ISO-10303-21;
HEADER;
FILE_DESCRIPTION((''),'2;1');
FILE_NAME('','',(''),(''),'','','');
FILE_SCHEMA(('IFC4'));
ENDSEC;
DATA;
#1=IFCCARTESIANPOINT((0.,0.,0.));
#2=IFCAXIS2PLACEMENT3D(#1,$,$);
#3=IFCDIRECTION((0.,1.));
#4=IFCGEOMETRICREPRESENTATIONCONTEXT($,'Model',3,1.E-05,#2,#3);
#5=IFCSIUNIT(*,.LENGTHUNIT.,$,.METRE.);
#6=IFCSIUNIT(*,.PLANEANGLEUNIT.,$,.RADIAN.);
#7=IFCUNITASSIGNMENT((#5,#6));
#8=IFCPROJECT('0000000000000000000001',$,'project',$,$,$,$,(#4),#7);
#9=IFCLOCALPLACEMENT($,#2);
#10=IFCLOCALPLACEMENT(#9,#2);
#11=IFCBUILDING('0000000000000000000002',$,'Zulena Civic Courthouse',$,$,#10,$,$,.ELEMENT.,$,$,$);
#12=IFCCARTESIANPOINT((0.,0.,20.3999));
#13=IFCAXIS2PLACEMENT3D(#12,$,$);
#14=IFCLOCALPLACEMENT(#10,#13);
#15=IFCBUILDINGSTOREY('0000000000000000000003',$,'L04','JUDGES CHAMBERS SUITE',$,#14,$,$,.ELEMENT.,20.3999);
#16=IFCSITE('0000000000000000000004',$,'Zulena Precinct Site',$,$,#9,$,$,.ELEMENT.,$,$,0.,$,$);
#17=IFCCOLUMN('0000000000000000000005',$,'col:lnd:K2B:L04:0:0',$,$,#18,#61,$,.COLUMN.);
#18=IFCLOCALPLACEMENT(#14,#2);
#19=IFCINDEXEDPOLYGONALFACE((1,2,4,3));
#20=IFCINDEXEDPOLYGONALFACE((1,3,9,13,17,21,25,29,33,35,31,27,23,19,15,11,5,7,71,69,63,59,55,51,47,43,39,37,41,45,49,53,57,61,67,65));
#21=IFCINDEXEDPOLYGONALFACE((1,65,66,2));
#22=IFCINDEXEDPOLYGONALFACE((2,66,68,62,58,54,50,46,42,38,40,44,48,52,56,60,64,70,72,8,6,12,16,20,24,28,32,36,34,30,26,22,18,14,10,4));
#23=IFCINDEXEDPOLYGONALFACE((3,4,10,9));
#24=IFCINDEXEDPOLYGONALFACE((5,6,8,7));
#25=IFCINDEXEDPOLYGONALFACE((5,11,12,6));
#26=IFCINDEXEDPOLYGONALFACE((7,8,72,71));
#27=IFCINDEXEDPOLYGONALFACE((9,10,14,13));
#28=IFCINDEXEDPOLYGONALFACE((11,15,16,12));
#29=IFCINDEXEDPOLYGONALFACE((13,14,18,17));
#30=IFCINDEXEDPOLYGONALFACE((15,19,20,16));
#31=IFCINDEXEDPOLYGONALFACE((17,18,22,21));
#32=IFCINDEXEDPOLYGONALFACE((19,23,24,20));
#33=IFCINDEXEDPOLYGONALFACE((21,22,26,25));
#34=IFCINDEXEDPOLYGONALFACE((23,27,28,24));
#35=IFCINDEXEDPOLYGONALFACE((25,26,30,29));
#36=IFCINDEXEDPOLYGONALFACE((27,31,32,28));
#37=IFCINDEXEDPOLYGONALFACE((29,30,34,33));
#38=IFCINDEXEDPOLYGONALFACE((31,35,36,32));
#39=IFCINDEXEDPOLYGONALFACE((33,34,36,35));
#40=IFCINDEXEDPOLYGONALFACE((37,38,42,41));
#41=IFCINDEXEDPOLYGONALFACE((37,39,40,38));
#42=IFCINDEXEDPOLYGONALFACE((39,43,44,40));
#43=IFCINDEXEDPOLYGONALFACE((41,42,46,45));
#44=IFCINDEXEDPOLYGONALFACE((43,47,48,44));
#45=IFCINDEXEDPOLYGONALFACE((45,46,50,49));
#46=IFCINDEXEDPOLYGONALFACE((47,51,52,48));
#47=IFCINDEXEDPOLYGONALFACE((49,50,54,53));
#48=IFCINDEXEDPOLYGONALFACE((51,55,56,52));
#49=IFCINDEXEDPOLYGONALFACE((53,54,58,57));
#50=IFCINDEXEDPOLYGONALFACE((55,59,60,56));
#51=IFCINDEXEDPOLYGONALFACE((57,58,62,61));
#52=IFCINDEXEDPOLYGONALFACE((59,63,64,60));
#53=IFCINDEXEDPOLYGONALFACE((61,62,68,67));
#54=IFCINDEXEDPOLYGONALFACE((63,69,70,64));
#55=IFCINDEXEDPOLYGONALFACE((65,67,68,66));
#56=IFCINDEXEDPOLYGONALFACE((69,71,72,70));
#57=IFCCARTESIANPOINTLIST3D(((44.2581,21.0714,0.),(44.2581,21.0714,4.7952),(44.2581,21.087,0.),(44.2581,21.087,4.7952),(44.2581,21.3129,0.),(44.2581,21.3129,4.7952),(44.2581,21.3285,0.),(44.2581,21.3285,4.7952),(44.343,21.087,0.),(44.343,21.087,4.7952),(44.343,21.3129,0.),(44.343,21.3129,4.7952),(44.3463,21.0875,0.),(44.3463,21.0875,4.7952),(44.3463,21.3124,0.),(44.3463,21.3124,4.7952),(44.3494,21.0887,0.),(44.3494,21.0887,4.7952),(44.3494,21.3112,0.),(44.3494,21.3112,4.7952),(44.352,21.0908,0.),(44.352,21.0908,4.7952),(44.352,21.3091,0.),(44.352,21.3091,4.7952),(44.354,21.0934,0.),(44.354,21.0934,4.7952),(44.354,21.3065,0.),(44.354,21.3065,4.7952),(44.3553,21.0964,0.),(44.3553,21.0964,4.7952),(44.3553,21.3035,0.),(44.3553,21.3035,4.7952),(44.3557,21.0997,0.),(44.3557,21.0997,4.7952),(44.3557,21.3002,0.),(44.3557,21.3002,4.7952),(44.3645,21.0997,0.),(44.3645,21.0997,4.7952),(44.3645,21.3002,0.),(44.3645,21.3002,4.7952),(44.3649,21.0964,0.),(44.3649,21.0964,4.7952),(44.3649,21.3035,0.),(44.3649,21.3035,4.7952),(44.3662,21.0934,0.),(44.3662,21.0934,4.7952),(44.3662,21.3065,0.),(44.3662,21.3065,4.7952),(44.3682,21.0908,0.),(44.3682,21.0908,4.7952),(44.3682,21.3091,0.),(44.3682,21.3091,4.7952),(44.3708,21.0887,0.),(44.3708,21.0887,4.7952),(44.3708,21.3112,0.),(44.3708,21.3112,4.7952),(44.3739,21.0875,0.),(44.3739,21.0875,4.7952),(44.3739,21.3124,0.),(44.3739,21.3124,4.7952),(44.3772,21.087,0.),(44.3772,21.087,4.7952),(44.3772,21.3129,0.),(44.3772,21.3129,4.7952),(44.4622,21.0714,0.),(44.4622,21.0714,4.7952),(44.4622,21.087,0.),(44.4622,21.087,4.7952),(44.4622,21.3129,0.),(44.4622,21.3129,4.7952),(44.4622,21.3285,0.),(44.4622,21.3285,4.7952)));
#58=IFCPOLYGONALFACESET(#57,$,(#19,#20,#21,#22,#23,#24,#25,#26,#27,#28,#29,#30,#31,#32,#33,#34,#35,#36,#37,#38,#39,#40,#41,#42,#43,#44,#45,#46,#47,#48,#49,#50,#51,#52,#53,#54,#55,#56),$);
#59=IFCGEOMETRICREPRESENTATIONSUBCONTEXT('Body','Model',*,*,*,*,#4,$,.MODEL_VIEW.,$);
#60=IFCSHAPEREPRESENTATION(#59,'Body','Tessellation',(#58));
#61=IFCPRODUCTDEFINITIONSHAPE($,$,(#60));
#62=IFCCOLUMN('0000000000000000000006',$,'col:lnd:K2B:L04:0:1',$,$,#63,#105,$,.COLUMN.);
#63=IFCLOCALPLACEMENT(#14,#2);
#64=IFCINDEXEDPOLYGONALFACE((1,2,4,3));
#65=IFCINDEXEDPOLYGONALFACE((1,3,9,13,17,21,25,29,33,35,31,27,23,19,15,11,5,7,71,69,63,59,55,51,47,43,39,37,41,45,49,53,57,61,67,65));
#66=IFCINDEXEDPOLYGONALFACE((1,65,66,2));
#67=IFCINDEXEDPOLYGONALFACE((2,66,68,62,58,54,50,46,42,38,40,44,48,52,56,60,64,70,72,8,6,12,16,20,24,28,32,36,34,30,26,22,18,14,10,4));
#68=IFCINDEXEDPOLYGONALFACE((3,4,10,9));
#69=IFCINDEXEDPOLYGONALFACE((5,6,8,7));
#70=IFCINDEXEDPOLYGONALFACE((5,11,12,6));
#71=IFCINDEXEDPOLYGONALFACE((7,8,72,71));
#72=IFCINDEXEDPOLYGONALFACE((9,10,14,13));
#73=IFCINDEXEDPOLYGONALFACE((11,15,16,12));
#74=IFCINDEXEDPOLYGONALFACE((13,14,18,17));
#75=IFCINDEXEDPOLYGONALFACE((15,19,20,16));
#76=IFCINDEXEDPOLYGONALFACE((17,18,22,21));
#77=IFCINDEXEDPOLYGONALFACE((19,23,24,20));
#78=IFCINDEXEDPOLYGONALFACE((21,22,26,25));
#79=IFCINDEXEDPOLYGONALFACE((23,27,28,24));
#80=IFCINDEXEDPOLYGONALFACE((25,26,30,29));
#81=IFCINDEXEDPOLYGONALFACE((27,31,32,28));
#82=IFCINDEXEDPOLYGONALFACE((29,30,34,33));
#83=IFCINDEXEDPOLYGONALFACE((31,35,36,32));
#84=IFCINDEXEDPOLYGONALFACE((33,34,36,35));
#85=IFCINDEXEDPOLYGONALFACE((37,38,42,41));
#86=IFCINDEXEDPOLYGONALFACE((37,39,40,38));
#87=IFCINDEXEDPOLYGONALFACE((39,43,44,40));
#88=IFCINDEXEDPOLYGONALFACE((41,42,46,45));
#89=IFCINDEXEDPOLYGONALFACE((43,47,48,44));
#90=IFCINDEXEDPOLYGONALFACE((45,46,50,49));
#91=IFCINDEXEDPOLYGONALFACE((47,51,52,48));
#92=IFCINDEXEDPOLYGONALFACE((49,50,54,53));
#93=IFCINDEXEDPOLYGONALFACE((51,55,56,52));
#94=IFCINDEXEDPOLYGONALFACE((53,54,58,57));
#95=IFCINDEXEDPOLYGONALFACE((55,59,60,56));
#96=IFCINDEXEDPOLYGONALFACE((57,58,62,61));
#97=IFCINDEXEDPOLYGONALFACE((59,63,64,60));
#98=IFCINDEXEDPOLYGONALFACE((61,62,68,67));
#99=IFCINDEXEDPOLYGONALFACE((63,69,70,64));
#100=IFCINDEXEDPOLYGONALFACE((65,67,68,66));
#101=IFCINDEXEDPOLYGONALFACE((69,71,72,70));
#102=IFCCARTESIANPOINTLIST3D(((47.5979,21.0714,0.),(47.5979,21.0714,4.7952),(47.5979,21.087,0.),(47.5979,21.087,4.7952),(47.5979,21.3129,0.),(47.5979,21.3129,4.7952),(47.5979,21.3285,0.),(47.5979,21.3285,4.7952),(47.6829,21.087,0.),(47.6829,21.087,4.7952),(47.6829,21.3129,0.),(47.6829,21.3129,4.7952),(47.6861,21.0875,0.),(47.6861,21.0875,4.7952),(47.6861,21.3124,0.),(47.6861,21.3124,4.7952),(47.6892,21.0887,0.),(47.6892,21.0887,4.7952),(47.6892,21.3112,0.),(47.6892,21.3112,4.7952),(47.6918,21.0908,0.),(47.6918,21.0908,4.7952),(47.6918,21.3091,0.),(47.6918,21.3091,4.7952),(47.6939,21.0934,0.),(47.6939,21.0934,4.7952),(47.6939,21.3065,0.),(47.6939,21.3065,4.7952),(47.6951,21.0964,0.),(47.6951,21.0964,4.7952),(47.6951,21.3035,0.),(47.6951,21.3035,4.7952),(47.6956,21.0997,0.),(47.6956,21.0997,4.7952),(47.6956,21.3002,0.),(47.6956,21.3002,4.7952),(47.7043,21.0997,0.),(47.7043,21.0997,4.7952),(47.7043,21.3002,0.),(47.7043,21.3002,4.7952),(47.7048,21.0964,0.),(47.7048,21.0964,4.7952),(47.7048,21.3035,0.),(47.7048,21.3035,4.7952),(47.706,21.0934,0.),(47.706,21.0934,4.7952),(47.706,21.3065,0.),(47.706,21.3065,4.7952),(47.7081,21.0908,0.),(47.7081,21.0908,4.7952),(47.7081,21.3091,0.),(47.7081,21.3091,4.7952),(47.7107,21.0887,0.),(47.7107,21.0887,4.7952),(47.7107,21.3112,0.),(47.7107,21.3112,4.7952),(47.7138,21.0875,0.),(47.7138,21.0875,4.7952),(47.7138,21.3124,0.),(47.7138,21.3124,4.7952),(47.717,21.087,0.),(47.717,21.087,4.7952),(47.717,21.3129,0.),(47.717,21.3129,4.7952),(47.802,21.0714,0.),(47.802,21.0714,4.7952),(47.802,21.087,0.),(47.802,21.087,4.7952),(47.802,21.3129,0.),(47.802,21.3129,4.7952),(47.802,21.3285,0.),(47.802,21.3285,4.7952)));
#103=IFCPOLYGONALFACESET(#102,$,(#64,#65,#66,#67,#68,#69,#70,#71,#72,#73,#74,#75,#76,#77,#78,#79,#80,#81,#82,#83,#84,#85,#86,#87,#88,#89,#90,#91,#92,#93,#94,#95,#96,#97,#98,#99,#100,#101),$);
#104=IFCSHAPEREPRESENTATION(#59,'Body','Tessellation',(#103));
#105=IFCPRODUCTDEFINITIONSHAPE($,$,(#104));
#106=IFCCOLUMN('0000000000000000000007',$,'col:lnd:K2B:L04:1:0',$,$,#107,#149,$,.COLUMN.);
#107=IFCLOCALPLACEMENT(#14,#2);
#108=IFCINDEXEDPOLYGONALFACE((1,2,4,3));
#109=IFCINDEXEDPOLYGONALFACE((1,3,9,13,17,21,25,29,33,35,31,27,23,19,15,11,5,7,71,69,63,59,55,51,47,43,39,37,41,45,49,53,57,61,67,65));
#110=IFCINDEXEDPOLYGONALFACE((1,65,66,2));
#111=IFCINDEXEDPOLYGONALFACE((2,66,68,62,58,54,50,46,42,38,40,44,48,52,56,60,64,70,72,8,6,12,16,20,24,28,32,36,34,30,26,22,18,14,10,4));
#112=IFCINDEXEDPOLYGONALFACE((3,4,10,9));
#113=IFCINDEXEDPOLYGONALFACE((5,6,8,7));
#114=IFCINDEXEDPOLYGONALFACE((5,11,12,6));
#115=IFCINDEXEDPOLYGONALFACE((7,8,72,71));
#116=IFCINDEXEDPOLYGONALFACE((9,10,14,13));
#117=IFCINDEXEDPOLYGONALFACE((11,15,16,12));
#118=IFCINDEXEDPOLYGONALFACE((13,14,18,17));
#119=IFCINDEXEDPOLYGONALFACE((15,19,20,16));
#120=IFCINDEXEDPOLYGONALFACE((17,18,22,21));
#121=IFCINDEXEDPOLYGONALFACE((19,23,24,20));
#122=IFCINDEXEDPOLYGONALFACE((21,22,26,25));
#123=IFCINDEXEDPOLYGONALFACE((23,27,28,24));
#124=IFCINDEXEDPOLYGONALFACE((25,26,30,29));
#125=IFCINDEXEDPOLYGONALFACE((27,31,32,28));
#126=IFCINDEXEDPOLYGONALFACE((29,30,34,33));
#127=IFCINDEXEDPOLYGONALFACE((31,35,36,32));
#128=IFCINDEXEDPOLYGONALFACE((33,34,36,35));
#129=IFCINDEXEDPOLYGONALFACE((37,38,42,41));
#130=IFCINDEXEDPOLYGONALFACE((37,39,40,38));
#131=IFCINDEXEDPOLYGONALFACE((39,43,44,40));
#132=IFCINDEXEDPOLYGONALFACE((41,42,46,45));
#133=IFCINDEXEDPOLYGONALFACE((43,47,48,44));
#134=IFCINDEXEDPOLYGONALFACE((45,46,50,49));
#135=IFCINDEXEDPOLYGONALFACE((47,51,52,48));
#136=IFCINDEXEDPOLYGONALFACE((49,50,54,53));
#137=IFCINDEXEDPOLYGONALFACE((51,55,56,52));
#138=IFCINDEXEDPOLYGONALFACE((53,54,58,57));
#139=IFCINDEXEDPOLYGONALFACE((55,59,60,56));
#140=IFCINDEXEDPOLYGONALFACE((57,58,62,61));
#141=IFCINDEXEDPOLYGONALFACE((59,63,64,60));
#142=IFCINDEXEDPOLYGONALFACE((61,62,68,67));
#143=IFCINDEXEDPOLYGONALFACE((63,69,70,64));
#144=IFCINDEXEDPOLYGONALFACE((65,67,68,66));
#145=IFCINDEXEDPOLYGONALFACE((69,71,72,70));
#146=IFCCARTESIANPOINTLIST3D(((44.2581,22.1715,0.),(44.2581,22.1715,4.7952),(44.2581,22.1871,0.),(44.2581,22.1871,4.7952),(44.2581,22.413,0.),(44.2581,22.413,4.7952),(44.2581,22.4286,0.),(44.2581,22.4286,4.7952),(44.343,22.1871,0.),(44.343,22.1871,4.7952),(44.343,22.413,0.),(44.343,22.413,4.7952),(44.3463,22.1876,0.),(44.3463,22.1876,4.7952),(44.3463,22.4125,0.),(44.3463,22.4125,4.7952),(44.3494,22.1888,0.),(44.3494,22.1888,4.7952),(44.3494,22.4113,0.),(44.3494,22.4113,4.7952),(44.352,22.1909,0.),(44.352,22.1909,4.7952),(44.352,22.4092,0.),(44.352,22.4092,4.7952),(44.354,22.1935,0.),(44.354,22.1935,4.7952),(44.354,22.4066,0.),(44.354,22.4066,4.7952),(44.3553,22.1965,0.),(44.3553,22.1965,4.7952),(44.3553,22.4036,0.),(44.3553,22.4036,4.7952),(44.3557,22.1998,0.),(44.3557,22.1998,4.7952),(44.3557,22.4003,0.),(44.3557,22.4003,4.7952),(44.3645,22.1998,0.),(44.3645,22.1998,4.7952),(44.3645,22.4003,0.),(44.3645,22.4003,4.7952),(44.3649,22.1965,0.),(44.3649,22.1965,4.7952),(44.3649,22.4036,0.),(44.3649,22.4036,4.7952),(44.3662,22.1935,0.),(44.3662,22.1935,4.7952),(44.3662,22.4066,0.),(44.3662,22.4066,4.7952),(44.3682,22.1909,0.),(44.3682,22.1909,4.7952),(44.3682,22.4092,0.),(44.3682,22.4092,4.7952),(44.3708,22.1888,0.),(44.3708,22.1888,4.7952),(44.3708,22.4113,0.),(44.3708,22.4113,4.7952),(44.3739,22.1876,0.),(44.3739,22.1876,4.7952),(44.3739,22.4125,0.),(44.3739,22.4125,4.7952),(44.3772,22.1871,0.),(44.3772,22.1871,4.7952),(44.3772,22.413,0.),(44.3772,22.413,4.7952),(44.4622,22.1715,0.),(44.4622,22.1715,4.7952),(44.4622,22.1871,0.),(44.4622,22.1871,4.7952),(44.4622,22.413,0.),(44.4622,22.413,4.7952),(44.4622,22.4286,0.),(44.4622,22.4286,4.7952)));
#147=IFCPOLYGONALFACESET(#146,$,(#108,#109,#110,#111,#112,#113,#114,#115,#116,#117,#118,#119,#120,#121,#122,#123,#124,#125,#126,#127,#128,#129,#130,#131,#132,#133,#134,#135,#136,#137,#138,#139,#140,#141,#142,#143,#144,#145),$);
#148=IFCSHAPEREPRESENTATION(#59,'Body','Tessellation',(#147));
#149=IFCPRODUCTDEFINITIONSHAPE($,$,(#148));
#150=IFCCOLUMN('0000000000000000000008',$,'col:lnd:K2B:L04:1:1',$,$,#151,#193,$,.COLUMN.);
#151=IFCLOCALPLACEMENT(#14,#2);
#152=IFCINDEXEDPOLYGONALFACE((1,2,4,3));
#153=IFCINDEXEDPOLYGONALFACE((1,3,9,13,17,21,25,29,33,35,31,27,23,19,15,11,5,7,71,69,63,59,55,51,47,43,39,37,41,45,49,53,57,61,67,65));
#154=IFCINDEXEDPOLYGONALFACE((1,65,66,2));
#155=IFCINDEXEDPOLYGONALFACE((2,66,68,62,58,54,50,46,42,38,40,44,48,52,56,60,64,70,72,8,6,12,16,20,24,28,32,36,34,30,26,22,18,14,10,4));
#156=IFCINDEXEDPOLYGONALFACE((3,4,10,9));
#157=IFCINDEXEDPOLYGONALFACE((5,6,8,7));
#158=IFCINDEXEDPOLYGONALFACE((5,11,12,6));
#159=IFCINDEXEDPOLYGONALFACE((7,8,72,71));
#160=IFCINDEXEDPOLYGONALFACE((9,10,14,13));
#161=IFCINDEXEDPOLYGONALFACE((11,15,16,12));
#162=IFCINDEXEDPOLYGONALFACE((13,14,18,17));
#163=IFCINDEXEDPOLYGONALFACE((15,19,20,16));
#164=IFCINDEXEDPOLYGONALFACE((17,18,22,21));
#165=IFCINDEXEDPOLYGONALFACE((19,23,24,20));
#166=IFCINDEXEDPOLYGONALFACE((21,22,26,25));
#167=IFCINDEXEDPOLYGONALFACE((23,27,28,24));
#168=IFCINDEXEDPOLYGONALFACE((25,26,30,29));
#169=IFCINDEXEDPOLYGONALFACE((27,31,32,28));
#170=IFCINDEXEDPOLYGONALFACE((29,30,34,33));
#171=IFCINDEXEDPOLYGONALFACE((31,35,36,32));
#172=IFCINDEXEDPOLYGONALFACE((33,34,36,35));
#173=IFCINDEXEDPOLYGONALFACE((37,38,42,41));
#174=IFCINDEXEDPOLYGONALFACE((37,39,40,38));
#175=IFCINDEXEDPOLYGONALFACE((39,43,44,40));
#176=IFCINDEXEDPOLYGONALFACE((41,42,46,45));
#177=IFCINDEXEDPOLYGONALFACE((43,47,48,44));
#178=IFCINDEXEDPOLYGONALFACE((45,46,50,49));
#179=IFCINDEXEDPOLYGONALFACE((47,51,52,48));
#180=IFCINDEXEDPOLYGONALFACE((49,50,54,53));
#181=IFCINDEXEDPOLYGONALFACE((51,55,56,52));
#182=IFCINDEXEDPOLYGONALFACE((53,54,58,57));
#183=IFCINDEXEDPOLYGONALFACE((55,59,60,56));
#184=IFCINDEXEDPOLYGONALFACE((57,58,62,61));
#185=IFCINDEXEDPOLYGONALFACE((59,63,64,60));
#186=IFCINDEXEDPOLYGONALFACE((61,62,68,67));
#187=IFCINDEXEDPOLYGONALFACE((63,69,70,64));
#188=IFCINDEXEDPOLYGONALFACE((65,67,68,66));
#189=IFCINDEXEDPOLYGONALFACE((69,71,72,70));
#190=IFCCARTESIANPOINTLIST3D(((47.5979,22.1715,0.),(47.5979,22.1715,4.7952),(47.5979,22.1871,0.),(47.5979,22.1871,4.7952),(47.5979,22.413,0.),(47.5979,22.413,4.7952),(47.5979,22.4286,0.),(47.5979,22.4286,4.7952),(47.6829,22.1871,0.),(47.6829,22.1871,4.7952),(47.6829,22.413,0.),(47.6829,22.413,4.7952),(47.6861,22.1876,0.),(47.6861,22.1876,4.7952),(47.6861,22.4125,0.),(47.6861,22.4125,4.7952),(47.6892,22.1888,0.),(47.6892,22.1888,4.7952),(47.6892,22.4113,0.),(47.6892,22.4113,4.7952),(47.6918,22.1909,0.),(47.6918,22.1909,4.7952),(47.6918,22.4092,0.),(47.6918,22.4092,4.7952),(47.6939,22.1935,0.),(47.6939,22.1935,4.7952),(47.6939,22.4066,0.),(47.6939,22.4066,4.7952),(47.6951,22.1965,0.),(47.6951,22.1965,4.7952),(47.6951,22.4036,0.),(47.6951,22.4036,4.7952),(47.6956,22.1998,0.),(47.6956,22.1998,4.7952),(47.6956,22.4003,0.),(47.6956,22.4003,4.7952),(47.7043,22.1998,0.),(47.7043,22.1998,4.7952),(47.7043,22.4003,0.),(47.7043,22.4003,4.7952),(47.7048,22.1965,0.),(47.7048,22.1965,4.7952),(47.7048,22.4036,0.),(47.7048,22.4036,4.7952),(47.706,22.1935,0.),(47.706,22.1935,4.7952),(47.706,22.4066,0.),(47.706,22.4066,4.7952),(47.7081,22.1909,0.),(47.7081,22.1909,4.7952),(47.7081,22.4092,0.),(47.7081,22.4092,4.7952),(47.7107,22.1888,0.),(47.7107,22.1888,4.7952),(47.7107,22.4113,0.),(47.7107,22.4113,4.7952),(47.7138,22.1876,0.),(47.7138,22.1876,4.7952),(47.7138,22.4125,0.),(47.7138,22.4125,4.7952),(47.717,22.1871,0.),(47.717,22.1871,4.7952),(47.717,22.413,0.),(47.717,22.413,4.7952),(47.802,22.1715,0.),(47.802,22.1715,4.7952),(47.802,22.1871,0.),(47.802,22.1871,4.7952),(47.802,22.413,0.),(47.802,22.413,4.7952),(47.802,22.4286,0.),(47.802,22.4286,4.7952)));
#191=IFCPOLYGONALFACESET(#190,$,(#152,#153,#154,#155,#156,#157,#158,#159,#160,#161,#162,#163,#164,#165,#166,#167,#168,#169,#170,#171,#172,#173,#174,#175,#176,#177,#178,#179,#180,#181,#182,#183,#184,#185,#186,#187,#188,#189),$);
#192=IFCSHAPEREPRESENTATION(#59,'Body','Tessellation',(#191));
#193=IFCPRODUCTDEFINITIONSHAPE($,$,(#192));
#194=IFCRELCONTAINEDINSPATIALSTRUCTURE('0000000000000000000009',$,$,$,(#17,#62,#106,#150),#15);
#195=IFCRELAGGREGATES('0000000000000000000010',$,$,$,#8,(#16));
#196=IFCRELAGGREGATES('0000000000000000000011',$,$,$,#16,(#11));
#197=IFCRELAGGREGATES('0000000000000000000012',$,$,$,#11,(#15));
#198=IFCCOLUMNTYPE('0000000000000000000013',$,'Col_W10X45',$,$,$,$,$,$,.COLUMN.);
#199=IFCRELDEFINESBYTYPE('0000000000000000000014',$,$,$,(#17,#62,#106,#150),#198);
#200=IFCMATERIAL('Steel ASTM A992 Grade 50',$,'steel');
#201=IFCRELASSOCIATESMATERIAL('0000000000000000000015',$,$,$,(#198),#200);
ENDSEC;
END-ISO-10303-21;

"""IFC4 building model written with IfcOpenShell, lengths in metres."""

from ifc_helpers import new_model, si_unit, direction, frame, origin, origin_2d, place, context, subcontext, project, spatial, i_section, extrude, material, material_profile, profile_set, type_object, element, save


model = new_model("IFC4")

# Units and contexts
model_context = context("Model", 3, precision=1e-05, world=origin(), true_north=direction((0.0, 1.0)))
body_context = subcontext(model_context, "Body", "Model", "MODEL_VIEW")
ifc_project = project(units=[si_unit("LENGTHUNIT", "METRE"), si_unit("PLANEANGLEUNIT", "RADIAN")], contexts=[model_context])

# Site, building, storey
site_placement = place(None, origin())
site = spatial("IfcSite", under=ifc_project, at=site_placement, Name="Zulena Precinct Site", CompositionType="ELEMENT", RefElevation=0.0)
building_placement = place(site_placement, origin())
building = spatial("IfcBuilding", under=site, at=building_placement, Name="Zulena Civic Courthouse", CompositionType="ELEMENT")
storey_placement = place(building_placement, frame((0.0, 0.0, 20.3999)))
storey = spatial("IfcBuildingStorey", under=building, at=storey_placement, Name="L04", Description="JUDGES CHAMBERS SUITE", CompositionType="ELEMENT", Elevation=20.3999)

# Columns
ifc_material_1 = material(Name="Steel ASTM A992 Grade 50", Category="steel")
ifc_material_profile_1 = material_profile(ifc_material_1, i_section(OverallWidth=0.2041, OverallDepth=0.2571, WebThickness=0.0088, FlangeThickness=0.0156, FilletRadius=0.0127, at=origin_2d()), Name="W10X45")
ifc_profile_set_1 = profile_set([ifc_material_profile_1], Name="Steel ASTM A992 Grade 50")
column_type_1 = type_object("IfcColumnType", Name="Col_W10X45", PredefinedType="COLUMN", material=ifc_profile_set_1)
for number, where, z_axis, x_axis, name in (
    (1, (44.3601, 21.2, 0.0), (0.0, 0.0, 1.0), (1.0, 0.0, 0.0), "col:lnd:K2B:L04:0:0"),
    (2, (47.7, 21.2, 0.0), (0.0, 0.0, 1.0), (1.0, 0.0, 0.0), "col:lnd:K2B:L04:0:1"),
    (3, (44.3601, 22.3, 0.0), (0.0, 0.0, 1.0), (1.0, 0.0, 0.0), "col:lnd:K2B:L04:1:0"),
    (4, (47.7, 22.3, 0.0), (0.0, 0.0, 1.0), (1.0, 0.0, 0.0), "col:lnd:K2B:L04:1:1"),
):
    element("IfcColumn", number, at=place(storey_placement, frame(where, z_axis=z_axis, x_axis=x_axis)), inside=storey, type_object=column_type_1, Name=name, PredefinedType="COLUMN", context=body_context, shape_type="SweptSolid", body=[
        extrude(i_section(OverallWidth=0.2041, OverallDepth=0.2571, WebThickness=0.0088, FlangeThickness=0.0156, FilletRadius=0.0127, at=origin_2d()), origin(), (0.0, 0.0, 1.0), 4.7952),
    ])

save(model, "model.ifc")
